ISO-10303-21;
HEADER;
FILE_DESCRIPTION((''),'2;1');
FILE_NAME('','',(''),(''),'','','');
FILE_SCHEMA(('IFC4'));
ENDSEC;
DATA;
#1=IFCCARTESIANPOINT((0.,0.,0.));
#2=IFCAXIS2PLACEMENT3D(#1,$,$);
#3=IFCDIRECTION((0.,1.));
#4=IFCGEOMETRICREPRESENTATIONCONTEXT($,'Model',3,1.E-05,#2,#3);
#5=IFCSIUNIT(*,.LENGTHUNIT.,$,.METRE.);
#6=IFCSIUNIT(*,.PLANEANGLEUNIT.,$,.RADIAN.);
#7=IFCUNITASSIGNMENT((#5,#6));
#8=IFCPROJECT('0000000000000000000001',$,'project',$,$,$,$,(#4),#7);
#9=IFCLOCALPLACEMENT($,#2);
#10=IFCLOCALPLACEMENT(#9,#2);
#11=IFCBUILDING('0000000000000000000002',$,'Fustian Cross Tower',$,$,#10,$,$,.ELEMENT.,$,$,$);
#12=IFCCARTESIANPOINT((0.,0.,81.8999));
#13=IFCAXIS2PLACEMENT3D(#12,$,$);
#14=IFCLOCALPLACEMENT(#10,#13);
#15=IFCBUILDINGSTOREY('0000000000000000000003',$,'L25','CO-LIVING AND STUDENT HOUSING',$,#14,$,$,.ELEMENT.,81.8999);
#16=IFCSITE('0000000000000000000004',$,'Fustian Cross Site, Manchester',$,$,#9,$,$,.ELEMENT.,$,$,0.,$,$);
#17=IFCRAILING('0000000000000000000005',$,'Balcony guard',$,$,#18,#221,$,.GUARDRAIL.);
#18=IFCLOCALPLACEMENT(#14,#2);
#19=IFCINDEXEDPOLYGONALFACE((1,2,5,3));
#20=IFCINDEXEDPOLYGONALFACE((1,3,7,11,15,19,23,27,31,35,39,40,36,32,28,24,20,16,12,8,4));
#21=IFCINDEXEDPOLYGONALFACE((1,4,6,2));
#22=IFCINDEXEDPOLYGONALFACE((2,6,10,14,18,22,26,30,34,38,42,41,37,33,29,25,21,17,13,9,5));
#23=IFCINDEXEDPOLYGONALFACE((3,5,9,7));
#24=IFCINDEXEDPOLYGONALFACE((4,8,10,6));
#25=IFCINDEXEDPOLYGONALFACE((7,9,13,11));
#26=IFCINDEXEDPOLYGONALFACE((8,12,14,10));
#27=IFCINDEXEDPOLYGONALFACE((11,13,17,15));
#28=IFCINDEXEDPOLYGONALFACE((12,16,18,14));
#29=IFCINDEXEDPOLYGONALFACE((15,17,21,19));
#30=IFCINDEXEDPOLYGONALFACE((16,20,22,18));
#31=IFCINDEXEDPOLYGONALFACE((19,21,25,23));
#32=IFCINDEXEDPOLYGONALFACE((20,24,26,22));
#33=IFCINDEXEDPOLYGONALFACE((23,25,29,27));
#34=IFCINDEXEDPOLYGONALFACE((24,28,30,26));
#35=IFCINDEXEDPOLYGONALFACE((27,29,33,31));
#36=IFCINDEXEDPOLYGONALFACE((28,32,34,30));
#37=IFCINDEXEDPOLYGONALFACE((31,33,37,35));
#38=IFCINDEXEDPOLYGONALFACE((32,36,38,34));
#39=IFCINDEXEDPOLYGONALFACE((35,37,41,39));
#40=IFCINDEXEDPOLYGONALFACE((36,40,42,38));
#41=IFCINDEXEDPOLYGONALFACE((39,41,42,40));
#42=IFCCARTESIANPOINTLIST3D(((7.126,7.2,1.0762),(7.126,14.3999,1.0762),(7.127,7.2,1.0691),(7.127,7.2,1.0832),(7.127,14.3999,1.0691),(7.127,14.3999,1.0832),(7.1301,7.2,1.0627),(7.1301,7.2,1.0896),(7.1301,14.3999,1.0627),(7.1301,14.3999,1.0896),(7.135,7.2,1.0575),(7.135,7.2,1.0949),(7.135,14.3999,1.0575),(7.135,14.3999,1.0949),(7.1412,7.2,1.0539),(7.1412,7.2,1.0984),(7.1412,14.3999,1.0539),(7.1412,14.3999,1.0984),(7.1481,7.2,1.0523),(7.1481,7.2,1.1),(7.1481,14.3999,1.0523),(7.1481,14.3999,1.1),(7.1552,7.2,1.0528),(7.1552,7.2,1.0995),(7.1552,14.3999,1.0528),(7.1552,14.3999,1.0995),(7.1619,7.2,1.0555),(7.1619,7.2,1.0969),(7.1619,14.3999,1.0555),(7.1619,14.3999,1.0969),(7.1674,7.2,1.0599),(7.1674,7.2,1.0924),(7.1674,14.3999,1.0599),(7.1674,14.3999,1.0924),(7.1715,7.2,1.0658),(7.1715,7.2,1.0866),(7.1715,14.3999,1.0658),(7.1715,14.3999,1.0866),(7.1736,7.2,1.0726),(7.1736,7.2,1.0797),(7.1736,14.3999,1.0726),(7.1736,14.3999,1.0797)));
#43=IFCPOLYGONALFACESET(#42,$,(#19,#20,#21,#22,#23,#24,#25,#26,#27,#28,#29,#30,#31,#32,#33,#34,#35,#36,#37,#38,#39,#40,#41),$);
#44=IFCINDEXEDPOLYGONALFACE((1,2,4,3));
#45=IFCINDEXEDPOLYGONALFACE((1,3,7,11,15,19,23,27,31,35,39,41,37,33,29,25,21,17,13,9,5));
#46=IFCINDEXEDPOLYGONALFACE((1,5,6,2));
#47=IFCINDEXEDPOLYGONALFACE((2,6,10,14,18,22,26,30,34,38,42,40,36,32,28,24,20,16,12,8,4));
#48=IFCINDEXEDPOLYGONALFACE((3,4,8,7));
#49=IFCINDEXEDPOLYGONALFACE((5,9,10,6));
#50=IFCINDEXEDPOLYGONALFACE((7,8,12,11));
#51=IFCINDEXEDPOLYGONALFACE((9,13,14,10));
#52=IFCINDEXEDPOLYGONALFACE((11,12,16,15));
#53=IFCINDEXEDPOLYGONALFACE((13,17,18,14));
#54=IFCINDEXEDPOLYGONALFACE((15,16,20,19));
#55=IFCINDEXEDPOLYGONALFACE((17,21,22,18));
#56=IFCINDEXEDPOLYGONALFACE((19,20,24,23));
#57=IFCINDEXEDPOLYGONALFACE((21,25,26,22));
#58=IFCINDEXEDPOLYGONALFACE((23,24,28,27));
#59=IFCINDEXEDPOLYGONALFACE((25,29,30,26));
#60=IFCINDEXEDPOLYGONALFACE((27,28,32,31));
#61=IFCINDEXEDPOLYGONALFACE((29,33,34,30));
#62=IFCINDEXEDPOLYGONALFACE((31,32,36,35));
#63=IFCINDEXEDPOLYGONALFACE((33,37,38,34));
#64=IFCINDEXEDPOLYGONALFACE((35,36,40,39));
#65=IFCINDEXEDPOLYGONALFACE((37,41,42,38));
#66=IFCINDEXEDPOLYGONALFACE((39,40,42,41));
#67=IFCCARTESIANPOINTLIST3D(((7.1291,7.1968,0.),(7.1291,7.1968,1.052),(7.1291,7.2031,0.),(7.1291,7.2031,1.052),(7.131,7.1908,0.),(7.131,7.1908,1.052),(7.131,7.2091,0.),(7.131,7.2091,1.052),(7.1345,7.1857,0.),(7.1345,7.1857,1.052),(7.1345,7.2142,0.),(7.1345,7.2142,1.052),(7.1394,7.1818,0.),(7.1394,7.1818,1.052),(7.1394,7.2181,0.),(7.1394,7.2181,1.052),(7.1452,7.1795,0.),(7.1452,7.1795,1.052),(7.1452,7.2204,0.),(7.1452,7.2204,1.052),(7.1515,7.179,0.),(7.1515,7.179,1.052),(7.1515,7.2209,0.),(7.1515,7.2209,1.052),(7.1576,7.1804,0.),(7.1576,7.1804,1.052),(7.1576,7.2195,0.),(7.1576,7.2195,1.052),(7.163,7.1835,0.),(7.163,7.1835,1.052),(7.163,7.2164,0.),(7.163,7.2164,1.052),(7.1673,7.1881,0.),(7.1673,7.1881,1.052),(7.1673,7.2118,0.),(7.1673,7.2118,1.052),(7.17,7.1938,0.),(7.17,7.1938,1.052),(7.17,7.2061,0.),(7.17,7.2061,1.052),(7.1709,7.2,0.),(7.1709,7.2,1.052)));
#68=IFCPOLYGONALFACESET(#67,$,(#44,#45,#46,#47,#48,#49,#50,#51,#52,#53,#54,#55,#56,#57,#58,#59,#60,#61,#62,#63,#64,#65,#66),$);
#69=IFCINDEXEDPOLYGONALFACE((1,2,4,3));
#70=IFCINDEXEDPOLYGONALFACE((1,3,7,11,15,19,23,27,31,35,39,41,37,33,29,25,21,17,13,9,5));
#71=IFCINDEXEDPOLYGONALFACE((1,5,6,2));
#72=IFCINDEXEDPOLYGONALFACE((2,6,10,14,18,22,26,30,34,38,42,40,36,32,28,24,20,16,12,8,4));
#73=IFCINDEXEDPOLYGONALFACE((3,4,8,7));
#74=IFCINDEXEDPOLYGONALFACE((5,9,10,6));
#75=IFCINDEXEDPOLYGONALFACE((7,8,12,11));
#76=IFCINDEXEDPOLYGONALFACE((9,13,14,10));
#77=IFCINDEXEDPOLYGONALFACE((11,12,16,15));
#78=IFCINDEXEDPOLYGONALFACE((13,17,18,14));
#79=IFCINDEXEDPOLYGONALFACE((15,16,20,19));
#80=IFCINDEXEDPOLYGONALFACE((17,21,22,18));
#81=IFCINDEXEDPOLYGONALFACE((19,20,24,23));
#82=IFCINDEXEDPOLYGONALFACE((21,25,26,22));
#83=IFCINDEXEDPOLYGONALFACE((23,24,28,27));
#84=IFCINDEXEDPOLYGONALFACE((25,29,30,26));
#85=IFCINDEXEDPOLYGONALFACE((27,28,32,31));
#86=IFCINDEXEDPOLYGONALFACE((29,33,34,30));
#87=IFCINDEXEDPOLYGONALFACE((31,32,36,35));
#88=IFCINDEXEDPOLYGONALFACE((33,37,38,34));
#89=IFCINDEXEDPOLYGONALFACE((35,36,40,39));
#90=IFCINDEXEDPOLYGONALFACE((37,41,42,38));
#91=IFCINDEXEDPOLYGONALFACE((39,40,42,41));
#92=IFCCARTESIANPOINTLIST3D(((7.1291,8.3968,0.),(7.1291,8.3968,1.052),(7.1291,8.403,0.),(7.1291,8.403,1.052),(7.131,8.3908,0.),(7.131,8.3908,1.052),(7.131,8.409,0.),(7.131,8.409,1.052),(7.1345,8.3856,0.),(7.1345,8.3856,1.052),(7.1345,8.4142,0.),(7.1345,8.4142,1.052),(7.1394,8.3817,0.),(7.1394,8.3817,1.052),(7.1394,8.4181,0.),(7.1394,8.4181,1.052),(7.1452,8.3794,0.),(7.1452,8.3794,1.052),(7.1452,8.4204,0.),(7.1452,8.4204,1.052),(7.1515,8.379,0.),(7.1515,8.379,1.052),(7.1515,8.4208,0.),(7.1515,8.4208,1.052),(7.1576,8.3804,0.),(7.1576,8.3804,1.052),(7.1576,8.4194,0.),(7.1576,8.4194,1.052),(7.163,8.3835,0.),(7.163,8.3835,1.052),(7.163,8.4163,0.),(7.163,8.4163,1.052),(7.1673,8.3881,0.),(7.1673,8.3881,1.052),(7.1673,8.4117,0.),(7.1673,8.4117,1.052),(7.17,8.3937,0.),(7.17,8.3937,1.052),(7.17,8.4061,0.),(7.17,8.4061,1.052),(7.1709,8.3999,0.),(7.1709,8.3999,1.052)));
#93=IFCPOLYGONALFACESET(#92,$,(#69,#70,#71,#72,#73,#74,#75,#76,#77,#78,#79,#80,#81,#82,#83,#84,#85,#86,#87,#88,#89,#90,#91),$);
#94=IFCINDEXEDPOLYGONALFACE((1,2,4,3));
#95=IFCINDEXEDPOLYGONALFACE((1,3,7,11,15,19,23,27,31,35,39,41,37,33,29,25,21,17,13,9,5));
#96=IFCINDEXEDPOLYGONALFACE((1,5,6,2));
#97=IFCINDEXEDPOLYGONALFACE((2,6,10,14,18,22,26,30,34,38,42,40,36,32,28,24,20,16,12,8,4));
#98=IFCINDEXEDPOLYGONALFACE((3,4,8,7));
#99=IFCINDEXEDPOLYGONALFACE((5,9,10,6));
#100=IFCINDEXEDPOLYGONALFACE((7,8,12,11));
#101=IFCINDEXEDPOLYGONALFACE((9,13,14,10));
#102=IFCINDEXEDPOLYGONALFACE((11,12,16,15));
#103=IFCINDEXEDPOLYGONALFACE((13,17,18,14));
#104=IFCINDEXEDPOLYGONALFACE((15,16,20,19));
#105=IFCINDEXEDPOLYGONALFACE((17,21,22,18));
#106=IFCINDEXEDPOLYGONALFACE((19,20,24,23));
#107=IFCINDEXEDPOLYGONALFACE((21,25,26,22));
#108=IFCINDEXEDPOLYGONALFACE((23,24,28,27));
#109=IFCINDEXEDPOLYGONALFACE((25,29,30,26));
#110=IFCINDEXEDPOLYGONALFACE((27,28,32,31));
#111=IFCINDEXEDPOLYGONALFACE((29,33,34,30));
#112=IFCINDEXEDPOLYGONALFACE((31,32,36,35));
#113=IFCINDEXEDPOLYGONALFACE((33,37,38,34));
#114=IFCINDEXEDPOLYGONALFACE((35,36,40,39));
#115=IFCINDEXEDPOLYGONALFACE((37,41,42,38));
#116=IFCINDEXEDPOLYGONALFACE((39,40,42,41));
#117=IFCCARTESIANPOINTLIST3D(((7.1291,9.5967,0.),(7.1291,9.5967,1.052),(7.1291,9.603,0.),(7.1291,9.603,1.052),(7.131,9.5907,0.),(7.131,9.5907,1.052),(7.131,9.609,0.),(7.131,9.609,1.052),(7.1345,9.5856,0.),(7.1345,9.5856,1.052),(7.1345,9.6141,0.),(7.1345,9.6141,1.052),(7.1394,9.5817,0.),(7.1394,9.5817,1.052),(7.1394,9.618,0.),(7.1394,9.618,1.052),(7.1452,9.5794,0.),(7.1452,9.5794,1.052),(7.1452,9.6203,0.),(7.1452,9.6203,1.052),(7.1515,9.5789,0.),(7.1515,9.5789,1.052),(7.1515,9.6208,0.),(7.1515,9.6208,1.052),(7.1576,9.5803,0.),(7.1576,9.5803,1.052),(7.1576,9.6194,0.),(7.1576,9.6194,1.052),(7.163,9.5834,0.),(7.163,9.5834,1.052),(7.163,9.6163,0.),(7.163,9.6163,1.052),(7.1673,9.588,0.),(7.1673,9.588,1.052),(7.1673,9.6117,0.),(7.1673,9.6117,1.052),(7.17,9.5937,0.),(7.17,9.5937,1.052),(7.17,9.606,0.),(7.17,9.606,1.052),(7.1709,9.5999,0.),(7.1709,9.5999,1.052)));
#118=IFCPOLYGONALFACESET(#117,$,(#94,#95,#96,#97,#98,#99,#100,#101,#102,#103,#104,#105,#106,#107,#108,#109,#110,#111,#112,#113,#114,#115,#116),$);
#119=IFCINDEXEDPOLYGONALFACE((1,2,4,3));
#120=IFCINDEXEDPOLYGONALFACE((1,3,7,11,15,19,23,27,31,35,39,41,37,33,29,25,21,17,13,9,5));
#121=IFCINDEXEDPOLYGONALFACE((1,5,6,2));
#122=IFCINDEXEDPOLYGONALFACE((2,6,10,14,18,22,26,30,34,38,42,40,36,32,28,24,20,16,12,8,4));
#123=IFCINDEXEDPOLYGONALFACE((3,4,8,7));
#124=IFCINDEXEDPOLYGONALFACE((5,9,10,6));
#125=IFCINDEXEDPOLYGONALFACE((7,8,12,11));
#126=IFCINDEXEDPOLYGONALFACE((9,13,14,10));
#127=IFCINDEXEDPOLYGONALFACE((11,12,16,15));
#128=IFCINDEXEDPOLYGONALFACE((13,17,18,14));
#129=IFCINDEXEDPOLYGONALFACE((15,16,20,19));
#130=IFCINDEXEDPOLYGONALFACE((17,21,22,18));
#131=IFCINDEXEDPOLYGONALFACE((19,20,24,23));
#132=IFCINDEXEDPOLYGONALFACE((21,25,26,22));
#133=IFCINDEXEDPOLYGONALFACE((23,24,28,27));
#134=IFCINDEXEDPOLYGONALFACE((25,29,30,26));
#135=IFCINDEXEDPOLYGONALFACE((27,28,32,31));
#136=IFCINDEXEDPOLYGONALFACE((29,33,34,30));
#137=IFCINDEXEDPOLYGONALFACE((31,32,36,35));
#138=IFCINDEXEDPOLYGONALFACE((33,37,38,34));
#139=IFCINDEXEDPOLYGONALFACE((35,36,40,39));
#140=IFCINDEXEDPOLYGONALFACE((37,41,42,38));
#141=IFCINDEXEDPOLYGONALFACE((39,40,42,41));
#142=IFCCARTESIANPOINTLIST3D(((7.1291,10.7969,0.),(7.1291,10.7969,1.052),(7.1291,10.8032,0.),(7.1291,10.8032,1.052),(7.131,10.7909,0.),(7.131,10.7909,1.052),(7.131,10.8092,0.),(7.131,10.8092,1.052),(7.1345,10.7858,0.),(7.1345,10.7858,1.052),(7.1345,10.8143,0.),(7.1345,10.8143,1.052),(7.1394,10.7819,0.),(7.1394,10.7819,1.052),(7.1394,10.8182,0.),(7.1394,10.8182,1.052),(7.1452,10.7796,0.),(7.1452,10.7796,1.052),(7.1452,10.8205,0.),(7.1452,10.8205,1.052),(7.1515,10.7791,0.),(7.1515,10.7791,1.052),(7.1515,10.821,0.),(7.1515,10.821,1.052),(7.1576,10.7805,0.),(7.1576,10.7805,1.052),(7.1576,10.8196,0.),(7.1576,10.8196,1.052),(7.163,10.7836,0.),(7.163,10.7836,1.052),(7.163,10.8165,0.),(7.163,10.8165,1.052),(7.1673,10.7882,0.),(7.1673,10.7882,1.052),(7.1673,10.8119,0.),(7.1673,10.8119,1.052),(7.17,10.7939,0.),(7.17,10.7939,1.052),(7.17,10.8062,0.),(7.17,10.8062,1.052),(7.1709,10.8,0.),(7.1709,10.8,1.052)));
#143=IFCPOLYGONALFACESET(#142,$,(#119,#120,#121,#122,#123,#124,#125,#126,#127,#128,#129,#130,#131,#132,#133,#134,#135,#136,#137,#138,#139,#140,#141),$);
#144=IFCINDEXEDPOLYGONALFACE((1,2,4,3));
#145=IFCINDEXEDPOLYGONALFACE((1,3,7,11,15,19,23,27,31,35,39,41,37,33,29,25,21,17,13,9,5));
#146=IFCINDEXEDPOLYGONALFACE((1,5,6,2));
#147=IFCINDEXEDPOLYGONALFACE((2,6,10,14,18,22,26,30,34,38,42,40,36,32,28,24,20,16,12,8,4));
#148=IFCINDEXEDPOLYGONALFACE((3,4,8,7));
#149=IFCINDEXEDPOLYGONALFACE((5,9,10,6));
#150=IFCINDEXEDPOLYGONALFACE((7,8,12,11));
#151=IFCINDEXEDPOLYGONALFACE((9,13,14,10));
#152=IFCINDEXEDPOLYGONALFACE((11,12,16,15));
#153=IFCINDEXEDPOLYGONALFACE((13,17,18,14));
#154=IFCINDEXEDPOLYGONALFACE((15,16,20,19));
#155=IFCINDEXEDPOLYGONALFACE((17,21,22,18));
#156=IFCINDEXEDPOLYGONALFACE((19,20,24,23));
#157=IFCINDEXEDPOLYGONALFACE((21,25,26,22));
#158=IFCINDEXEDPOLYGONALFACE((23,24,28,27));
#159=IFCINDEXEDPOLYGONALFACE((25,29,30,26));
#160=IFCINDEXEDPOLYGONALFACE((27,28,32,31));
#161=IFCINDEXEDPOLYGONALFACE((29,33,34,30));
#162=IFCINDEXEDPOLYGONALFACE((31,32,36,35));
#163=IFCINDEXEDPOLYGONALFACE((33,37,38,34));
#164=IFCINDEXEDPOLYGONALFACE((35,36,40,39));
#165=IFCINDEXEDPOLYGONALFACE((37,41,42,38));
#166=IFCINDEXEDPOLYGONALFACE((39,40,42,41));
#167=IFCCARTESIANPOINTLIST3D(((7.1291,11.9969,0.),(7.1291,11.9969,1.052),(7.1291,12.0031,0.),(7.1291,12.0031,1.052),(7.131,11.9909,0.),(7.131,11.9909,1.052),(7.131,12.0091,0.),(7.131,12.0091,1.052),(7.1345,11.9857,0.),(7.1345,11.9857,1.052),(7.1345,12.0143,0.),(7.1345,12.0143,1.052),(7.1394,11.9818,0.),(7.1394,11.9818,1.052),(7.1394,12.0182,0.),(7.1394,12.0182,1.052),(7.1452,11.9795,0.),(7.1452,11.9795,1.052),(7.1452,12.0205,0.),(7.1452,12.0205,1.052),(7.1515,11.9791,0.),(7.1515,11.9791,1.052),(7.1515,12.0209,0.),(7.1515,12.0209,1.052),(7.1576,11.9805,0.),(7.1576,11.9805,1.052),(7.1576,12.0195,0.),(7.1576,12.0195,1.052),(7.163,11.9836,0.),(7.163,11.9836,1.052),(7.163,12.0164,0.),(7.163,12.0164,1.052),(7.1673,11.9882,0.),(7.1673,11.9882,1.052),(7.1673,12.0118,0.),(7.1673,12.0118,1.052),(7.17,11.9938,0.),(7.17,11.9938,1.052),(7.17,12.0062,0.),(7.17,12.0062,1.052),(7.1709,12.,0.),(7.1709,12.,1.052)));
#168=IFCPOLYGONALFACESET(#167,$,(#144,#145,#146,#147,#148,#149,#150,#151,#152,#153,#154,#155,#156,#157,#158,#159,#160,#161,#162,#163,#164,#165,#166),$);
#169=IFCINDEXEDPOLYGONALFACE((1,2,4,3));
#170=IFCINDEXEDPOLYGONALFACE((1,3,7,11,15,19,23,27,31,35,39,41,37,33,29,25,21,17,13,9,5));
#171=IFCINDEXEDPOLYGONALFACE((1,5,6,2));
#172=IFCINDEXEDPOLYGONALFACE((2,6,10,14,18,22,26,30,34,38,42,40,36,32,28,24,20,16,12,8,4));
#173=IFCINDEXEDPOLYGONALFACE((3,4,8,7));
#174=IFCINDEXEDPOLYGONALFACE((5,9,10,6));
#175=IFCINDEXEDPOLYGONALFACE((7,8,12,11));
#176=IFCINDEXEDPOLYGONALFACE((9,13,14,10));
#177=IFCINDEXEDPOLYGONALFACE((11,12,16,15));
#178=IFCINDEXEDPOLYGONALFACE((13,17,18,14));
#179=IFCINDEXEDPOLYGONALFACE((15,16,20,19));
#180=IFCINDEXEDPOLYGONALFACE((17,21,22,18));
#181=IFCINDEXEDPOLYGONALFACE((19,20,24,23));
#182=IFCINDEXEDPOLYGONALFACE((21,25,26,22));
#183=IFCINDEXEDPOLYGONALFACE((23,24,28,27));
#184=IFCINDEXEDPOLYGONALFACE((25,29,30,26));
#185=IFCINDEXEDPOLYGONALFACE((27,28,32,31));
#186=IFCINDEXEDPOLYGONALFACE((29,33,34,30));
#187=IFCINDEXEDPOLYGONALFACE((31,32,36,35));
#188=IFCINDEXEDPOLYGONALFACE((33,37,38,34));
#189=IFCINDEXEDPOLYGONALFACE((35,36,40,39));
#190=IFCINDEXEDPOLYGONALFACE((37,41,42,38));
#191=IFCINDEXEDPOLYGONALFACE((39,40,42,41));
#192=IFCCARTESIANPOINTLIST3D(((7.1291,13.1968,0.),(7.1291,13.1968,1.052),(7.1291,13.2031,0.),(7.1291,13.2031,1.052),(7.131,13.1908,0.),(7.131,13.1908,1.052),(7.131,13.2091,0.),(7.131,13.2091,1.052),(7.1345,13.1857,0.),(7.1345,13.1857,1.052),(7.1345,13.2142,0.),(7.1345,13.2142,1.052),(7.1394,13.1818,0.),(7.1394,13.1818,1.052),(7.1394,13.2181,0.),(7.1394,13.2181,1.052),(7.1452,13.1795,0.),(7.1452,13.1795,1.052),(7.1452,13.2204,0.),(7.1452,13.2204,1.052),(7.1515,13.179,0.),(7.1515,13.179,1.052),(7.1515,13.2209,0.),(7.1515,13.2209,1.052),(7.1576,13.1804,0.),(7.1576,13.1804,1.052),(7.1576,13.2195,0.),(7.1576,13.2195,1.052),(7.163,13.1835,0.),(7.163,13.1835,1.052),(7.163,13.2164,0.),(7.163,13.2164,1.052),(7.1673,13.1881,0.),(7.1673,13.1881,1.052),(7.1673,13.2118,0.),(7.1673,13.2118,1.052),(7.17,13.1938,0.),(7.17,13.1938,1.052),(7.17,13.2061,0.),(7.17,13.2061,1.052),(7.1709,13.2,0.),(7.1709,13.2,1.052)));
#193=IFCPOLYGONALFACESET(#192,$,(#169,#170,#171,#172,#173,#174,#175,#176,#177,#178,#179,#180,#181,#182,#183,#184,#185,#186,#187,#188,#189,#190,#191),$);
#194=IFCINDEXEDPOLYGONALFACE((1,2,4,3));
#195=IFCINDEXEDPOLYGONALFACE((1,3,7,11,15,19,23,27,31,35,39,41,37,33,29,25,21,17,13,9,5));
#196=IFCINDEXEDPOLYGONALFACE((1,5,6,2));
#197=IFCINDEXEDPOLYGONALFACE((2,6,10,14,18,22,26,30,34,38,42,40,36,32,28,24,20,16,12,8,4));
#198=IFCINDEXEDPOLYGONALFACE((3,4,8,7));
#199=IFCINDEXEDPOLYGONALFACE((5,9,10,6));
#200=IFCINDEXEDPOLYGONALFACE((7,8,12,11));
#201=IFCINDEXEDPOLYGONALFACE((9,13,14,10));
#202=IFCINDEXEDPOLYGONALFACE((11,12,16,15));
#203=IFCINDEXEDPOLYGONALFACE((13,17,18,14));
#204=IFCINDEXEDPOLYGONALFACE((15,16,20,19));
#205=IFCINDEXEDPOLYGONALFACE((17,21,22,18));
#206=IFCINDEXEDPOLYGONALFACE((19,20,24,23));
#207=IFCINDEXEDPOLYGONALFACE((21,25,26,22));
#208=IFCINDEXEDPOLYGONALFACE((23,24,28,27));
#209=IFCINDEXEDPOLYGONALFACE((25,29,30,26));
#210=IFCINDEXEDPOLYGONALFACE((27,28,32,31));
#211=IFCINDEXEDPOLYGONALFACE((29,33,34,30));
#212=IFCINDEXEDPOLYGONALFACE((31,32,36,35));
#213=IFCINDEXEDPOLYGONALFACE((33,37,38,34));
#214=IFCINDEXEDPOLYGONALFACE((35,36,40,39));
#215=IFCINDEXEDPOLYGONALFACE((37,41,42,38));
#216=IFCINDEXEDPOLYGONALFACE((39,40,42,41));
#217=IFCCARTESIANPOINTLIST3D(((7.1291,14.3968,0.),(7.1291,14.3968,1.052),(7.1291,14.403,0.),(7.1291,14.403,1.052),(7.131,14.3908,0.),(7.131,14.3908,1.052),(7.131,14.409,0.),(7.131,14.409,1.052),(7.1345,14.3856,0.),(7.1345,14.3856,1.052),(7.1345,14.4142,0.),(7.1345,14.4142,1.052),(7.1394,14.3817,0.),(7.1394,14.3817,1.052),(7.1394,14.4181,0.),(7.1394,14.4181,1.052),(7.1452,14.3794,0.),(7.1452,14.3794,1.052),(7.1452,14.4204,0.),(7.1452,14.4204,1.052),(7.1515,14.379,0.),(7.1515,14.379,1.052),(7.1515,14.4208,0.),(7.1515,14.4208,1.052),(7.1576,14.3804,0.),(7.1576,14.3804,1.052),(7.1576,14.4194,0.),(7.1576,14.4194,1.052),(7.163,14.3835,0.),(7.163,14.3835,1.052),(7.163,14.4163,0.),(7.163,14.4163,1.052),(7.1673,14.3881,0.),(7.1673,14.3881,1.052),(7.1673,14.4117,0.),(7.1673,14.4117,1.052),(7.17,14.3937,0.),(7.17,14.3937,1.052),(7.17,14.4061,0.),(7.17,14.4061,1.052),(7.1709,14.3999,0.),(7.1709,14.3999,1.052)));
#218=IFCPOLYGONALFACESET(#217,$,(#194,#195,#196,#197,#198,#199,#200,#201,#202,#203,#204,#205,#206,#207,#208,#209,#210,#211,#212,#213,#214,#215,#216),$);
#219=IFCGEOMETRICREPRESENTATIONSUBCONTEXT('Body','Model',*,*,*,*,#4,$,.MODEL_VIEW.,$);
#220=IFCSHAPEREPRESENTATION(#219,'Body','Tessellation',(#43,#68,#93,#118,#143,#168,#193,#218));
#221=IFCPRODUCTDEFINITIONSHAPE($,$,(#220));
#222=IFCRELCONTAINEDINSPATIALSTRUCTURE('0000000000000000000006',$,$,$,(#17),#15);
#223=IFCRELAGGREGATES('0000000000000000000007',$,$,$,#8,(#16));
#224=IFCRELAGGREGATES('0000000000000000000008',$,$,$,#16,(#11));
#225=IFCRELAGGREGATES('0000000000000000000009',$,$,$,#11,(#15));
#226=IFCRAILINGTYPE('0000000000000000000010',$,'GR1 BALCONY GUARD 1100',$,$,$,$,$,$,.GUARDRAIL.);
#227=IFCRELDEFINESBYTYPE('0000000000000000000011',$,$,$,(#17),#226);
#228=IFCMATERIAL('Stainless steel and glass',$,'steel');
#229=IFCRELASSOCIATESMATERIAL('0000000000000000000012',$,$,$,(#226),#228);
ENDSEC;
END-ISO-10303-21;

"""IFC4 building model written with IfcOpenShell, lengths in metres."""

from ifc_helpers import new_model, si_unit, direction, frame, origin, origin_2d, place, context, subcontext, project, spatial, circle, extrude, material, type_object, element, save


model = new_model("IFC4")

# Units and contexts
model_context = context("Model", 3, precision=1e-05, world=origin(), true_north=direction((0.0, 1.0)))
body_context = subcontext(model_context, "Body", "Model", "MODEL_VIEW")
ifc_project = project(units=[si_unit("LENGTHUNIT", "METRE"), si_unit("PLANEANGLEUNIT", "RADIAN")], contexts=[model_context])

# Site, building, storey
site_placement = place(None, origin())
site = spatial("IfcSite", under=ifc_project, at=site_placement, Name="Fustian Cross Site, Manchester", CompositionType="ELEMENT", RefElevation=0.0)
building_placement = place(site_placement, origin())
building = spatial("IfcBuilding", under=site, at=building_placement, Name="Fustian Cross Tower", CompositionType="ELEMENT")
storey_placement = place(building_placement, frame((0.0, 0.0, 81.8999)))
storey = spatial("IfcBuildingStorey", under=building, at=storey_placement, Name="L25", Description="CO-LIVING AND STUDENT HOUSING", CompositionType="ELEMENT", Elevation=81.8999)

# Railing
ifc_material_1 = material(Name="Stainless steel and glass", Category="steel")
railing_type = type_object("IfcRailingType", Name="GR1 BALCONY GUARD 1100", PredefinedType="GUARDRAIL", material=ifc_material_1)
railing_placement = place(storey_placement, frame((7.1499, 7.2, 0.0)))
element("IfcRailing", 1, at=railing_placement, inside=storey, type_object=railing_type, Name="Balcony guard", PredefinedType="GUARDRAIL", context=body_context, shape_type="SweptSolid", body=[
    extrude(circle(Radius=0.0239, at=origin_2d()), frame((0.0, 0.0, 1.0762), z_axis=(0.0, 1.0, 0.0), x_axis=(-1.0, 0.0, 0.0)), (0.0, 0.0, 1.0), 7.2),
    extrude(circle(Radius=0.021, at=origin_2d()), origin(), (0.0, 0.0, 1.0), 1.052),
    extrude(circle(Radius=0.021, at=origin_2d()), frame((0.0, 1.2, 0.0)), (0.0, 0.0, 1.0), 1.052),
    extrude(circle(Radius=0.021, at=origin_2d()), frame((0.0, 2.3999, 0.0)), (0.0, 0.0, 1.0), 1.052),
    extrude(circle(Radius=0.021, at=origin_2d()), frame((0.0, 3.6001, 0.0)), (0.0, 0.0, 1.0), 1.052),
    extrude(circle(Radius=0.021, at=origin_2d()), frame((0.0, 4.8, 0.0)), (0.0, 0.0, 1.0), 1.052),
    extrude(circle(Radius=0.021, at=origin_2d()), frame((0.0, 6.0, 0.0)), (0.0, 0.0, 1.0), 1.052),
    extrude(circle(Radius=0.021, at=origin_2d()), frame((0.0, 7.2, 0.0)), (0.0, 0.0, 1.0), 1.052),
])

save(model, "model.ifc")
